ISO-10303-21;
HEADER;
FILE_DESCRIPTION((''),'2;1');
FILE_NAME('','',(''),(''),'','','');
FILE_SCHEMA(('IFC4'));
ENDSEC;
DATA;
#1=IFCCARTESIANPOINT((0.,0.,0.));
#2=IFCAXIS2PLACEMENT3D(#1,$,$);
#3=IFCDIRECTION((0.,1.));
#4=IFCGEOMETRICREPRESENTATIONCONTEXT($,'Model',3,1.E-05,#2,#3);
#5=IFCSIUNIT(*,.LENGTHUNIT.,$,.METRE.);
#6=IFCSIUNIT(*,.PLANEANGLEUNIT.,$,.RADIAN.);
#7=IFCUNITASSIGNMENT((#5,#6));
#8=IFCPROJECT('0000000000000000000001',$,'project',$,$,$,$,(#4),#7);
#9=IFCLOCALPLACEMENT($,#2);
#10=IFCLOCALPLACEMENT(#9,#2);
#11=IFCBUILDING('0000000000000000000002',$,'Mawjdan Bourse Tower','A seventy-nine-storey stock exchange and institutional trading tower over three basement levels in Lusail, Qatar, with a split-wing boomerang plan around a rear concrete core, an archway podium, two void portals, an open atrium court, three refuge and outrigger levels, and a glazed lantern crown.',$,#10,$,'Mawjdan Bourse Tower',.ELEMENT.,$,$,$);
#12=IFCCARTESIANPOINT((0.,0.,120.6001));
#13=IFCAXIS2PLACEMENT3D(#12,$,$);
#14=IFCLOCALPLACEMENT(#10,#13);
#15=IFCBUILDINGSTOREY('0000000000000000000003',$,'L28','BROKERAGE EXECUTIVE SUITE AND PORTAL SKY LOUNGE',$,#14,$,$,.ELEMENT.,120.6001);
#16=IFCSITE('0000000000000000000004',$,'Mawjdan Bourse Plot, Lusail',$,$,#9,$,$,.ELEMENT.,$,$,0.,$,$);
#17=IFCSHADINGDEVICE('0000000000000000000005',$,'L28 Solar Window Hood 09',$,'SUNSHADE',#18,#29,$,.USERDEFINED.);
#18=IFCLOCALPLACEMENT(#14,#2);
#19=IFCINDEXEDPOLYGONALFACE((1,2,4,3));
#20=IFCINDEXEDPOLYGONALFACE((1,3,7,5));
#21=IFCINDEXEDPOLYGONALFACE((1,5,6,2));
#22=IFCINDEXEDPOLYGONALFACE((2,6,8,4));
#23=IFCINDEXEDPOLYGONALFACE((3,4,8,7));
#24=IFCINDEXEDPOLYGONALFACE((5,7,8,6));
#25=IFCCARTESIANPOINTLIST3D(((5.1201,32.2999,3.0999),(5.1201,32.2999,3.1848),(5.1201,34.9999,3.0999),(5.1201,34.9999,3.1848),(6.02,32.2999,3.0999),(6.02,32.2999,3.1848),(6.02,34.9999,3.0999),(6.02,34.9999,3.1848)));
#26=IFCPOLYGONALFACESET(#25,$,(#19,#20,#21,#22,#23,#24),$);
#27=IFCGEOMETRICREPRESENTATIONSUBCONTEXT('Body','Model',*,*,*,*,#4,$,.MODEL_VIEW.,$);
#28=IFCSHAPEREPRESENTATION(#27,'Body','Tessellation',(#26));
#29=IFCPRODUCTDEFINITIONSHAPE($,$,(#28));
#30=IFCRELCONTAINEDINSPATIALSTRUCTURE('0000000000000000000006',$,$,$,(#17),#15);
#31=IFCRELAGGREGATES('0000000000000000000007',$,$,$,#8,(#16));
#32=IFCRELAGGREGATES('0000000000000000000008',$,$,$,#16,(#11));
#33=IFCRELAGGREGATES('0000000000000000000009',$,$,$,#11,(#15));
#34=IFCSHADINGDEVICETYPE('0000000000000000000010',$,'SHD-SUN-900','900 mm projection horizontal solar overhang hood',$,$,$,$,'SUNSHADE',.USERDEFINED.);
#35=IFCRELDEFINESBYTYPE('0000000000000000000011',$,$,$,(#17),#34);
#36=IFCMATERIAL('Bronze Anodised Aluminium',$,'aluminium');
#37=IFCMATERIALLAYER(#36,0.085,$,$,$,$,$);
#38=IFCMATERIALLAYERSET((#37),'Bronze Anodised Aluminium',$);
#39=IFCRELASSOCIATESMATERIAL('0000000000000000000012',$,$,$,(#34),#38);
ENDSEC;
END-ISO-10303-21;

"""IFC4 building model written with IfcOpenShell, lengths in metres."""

from ifc_helpers import new_model, si_unit, direction, frame, origin, origin_2d, place, context, subcontext, project, spatial, rectangle, extrude, material, layer, layer_set, type_object, element, save


model = new_model("IFC4")

# Units and contexts
model_context = context("Model", 3, precision=1e-05, world=origin(), true_north=direction((0.0, 1.0)))
body_context = subcontext(model_context, "Body", "Model", "MODEL_VIEW")
ifc_project = project(units=[si_unit("LENGTHUNIT", "METRE"), si_unit("PLANEANGLEUNIT", "RADIAN")], contexts=[model_context])

# Site, building, storey
site_placement = place(None, origin())
site = spatial("IfcSite", under=ifc_project, at=site_placement, Name="Mawjdan Bourse Plot, Lusail", CompositionType="ELEMENT", RefElevation=0.0)
building_placement = place(site_placement, origin())
building = spatial("IfcBuilding", under=site, at=building_placement, Name="Mawjdan Bourse Tower", Description="A seventy-nine-storey stock exchange and institutional trading tower over three basement levels in Lusail, Qatar, with a split-wing boomerang plan around a rear concrete core, an archway podium, two void portals, an open atrium court, three refuge and outrigger levels, and a glazed lantern crown.", LongName="Mawjdan Bourse Tower", CompositionType="ELEMENT")
storey_placement = place(building_placement, frame((0.0, 0.0, 120.6001)))
storey = spatial("IfcBuildingStorey", under=building, at=storey_placement, Name="L28", Description="BROKERAGE EXECUTIVE SUITE AND PORTAL SKY LOUNGE", CompositionType="ELEMENT", Elevation=120.6001)

# Shading device
ifc_material_1 = material(Name="Bronze Anodised Aluminium", Category="aluminium")
ifc_layer_1 = layer(ifc_material_1, 0.085)
ifc_layer_set_1 = layer_set([ifc_layer_1], Name="Bronze Anodised Aluminium")
shading_device_type = type_object("IfcShadingDeviceType", Name="SHD-SUN-900", Description="900 mm projection horizontal solar overhang hood", ElementType="SUNSHADE", PredefinedType="USERDEFINED", material=ifc_layer_set_1)
shading_device_placement = place(storey_placement, frame((5.5701, 33.6499, 3.0999), z_axis=(0.0, 0.0, 1.0), x_axis=(0.0, -1.0, 0.0)))
element("IfcShadingDevice", 1, at=shading_device_placement, inside=storey, type_object=shading_device_type, Name="L28 Solar Window Hood 09", ObjectType="SUNSHADE", PredefinedType="USERDEFINED", context=body_context, shape_type="SweptSolid", body=[
    extrude(rectangle(XDim=2.7, YDim=0.8999, at=origin_2d()), origin(), (0.0, 0.0, 1.0), 0.085),
])

save(model, "model.ifc")
